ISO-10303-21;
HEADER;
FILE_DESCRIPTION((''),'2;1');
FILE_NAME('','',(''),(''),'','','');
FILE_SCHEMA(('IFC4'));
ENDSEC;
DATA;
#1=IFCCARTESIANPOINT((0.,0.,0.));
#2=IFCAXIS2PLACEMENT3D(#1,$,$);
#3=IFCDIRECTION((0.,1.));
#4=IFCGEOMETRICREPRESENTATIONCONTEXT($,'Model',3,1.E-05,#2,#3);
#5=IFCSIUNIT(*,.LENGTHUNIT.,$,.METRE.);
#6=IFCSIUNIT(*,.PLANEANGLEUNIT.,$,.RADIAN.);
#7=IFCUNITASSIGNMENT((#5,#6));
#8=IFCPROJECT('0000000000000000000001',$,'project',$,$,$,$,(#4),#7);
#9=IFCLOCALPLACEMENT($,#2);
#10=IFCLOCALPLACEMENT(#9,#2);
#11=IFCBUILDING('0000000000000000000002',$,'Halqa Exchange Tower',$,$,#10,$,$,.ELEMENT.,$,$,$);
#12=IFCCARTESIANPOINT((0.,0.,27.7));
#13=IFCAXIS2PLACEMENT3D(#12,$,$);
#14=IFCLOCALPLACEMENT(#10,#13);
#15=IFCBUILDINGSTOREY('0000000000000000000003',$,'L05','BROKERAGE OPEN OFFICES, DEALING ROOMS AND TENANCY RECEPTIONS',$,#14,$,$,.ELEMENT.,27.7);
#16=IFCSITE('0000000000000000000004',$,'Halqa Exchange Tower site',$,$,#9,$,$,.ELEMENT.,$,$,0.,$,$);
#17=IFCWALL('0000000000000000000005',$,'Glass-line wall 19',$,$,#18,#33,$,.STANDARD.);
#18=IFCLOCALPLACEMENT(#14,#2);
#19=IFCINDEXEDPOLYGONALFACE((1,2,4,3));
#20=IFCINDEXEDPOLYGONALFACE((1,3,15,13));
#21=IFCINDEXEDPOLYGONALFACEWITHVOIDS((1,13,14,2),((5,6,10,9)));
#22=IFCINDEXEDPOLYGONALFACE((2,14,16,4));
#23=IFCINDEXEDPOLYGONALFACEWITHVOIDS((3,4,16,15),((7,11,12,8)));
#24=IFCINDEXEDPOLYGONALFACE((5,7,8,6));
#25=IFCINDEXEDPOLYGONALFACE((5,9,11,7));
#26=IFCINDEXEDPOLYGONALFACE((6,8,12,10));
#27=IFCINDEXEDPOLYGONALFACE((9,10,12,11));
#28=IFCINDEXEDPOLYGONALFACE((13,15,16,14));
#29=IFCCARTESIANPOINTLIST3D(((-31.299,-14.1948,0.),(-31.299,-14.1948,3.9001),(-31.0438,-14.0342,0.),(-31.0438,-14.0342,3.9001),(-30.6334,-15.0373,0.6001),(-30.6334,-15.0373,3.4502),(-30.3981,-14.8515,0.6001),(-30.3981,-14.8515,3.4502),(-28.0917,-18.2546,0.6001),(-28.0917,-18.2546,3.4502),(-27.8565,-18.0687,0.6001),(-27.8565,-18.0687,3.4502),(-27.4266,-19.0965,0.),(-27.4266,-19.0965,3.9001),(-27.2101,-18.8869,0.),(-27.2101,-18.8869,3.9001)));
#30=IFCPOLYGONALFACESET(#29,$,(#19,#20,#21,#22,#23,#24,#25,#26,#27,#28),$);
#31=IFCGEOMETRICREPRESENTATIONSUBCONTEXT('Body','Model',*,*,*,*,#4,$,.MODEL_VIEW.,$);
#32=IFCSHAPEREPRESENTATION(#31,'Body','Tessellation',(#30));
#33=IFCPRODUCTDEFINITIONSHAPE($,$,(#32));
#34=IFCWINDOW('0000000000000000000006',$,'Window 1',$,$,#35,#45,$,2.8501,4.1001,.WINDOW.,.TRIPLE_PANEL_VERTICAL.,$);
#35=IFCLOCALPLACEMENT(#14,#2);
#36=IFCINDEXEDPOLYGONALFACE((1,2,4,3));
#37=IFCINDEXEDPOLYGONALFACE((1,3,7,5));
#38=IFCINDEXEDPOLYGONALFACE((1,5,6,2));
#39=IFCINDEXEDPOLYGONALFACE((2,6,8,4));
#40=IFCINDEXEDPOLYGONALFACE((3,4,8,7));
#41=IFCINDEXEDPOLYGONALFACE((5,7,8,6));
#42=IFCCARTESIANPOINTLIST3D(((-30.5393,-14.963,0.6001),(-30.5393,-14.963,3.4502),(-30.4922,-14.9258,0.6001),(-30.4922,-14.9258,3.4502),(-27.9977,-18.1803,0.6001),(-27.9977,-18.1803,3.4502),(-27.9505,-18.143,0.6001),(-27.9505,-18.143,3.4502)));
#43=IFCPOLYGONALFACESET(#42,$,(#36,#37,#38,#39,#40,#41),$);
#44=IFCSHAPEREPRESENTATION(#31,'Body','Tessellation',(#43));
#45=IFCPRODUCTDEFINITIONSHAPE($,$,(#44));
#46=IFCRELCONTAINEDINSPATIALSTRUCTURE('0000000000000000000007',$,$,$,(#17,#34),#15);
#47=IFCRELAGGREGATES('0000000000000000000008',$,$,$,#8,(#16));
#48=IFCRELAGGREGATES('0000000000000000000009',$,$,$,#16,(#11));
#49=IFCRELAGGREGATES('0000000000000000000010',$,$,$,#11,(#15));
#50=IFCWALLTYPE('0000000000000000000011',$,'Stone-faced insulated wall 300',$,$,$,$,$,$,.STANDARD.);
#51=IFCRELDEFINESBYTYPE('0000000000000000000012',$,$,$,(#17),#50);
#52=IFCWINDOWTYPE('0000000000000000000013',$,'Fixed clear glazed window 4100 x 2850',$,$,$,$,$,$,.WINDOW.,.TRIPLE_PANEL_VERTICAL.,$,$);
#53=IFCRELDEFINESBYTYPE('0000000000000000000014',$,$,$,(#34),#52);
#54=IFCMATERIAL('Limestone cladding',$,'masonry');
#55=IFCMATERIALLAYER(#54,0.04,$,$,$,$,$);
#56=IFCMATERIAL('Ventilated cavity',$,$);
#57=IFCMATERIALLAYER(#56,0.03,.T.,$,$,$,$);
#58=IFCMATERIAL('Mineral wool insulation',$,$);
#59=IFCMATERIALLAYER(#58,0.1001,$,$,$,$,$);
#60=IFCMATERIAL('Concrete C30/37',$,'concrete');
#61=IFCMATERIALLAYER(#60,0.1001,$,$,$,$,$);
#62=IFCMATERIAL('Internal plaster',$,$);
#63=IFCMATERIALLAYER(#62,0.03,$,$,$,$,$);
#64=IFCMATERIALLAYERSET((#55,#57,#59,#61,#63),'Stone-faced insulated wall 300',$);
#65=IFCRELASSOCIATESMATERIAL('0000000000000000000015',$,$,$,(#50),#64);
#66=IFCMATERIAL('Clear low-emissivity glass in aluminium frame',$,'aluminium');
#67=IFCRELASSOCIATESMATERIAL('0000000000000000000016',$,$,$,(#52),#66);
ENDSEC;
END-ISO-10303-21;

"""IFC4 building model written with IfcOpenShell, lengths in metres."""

from ifc_helpers import new_model, si_unit, direction, frame, frame_2d, origin, place, context, subcontext, project, spatial, polyline, rectangle, outline, extrude, material, layer, layer_set, type_object, element, fill, save


model = new_model("IFC4")

# Units and contexts
model_context = context("Model", 3, precision=1e-05, world=origin(), true_north=direction((0.0, 1.0)))
body_context = subcontext(model_context, "Body", "Model", "MODEL_VIEW")
ifc_project = project(units=[si_unit("LENGTHUNIT", "METRE"), si_unit("PLANEANGLEUNIT", "RADIAN")], contexts=[model_context])

# Site, building, storey
site_placement = place(None, origin())
site = spatial("IfcSite", under=ifc_project, at=site_placement, Name="Halqa Exchange Tower site", CompositionType="ELEMENT", RefElevation=0.0)
building_placement = place(site_placement, origin())
building = spatial("IfcBuilding", under=site, at=building_placement, Name="Halqa Exchange Tower", CompositionType="ELEMENT")
storey_placement = place(building_placement, frame((0.0, 0.0, 27.7)))
storey = spatial("IfcBuildingStorey", under=building, at=storey_placement, Name="L05", Description="BROKERAGE OPEN OFFICES, DEALING ROOMS AND TENANCY RECEPTIONS", CompositionType="ELEMENT", Elevation=27.7)

# Wall, opening, window
ifc_material_1 = material(Name="Limestone cladding", Category="masonry")
ifc_layer_1 = layer(ifc_material_1, 0.04)
ifc_material_2 = material(Name="Ventilated cavity")
ifc_layer_2 = layer(ifc_material_2, 0.03, ventilated=True)
ifc_material_3 = material(Name="Mineral wool insulation")
ifc_layer_3 = layer(ifc_material_3, 0.1001)
ifc_material_4 = material(Name="Concrete C30/37", Category="concrete")
ifc_layer_4 = layer(ifc_material_4, 0.1001)
ifc_material_5 = material(Name="Internal plaster")
ifc_layer_5 = layer(ifc_material_5, 0.03)
ifc_layer_set_1 = layer_set([ifc_layer_1, ifc_layer_2, ifc_layer_3, ifc_layer_4, ifc_layer_5], Name="Stone-faced insulated wall 300")
wall_type_1 = type_object("IfcWallType", Name="Stone-faced insulated wall 300", PredefinedType="STANDARD", material=ifc_layer_set_1)
wall_1_placement = place(storey_placement, frame((-31.1714, -14.1145, 0.0), z_axis=(0.0, 0.0, 1.0), x_axis=(0.619903, -0.784679, 0.0)))
wall_1 = element("IfcWall", 1, at=wall_1_placement, inside=storey, type_object=wall_type_1, Name="Glass-line wall 19", PredefinedType="STANDARD", context=body_context, shape_type="SweptSolid", body=[
    extrude(outline(polyline([(-0.0161, -0.1499), (6.2307, -0.1499), (6.2004, 0.1499), (0.0161, 0.1499), (-0.0161, -0.1499)])), origin(), (0.0, 0.0, 1.0), 3.9001),
])
opening_1_placement = place(wall_1_placement, frame((1.0576, 0.0, 0.6001)))
opening_1 = element("IfcOpeningElement", 2, at=opening_1_placement, cuts=wall_1, PredefinedType="OPENING", context=body_context, shape_type="SweptSolid", body=[
    extrude(rectangle(XDim=4.1001, YDim=2.8501, at=frame_2d((2.05, 1.425))), frame((0.0, 0.1621, 0.0), z_axis=(0.0, -1.0, 0.0), x_axis=(1.0, 0.0, 0.0)), (0.0, 0.0, 1.0), 0.324),
])
ifc_material_6 = material(Name="Clear low-emissivity glass in aluminium frame", Category="aluminium")
window_type = type_object("IfcWindowType", Name="Fixed clear glazed window 4100 x 2850", PartitioningType="TRIPLE_PANEL_VERTICAL", PredefinedType="WINDOW", material=ifc_material_6)
window_placement = place(opening_1_placement, origin())
window = element("IfcWindow", 3, at=window_placement, inside=storey, type_object=window_type, Name="Window 1", OverallHeight=2.8501, OverallWidth=4.1001, PartitioningType="TRIPLE_PANEL_VERTICAL", PredefinedType="WINDOW", context=body_context, shape_type="SweptSolid", body=[
    extrude(rectangle(XDim=4.1001, YDim=2.8501, at=frame_2d((2.05, 1.425))), frame((0.0, 0.03, 0.0), z_axis=(0.0, -1.0, 0.0), x_axis=(1.0, 0.0, 0.0)), (0.0, 0.0, 1.0), 0.0601),
])
fill(opening_1, window)

save(model, "model.ifc")
